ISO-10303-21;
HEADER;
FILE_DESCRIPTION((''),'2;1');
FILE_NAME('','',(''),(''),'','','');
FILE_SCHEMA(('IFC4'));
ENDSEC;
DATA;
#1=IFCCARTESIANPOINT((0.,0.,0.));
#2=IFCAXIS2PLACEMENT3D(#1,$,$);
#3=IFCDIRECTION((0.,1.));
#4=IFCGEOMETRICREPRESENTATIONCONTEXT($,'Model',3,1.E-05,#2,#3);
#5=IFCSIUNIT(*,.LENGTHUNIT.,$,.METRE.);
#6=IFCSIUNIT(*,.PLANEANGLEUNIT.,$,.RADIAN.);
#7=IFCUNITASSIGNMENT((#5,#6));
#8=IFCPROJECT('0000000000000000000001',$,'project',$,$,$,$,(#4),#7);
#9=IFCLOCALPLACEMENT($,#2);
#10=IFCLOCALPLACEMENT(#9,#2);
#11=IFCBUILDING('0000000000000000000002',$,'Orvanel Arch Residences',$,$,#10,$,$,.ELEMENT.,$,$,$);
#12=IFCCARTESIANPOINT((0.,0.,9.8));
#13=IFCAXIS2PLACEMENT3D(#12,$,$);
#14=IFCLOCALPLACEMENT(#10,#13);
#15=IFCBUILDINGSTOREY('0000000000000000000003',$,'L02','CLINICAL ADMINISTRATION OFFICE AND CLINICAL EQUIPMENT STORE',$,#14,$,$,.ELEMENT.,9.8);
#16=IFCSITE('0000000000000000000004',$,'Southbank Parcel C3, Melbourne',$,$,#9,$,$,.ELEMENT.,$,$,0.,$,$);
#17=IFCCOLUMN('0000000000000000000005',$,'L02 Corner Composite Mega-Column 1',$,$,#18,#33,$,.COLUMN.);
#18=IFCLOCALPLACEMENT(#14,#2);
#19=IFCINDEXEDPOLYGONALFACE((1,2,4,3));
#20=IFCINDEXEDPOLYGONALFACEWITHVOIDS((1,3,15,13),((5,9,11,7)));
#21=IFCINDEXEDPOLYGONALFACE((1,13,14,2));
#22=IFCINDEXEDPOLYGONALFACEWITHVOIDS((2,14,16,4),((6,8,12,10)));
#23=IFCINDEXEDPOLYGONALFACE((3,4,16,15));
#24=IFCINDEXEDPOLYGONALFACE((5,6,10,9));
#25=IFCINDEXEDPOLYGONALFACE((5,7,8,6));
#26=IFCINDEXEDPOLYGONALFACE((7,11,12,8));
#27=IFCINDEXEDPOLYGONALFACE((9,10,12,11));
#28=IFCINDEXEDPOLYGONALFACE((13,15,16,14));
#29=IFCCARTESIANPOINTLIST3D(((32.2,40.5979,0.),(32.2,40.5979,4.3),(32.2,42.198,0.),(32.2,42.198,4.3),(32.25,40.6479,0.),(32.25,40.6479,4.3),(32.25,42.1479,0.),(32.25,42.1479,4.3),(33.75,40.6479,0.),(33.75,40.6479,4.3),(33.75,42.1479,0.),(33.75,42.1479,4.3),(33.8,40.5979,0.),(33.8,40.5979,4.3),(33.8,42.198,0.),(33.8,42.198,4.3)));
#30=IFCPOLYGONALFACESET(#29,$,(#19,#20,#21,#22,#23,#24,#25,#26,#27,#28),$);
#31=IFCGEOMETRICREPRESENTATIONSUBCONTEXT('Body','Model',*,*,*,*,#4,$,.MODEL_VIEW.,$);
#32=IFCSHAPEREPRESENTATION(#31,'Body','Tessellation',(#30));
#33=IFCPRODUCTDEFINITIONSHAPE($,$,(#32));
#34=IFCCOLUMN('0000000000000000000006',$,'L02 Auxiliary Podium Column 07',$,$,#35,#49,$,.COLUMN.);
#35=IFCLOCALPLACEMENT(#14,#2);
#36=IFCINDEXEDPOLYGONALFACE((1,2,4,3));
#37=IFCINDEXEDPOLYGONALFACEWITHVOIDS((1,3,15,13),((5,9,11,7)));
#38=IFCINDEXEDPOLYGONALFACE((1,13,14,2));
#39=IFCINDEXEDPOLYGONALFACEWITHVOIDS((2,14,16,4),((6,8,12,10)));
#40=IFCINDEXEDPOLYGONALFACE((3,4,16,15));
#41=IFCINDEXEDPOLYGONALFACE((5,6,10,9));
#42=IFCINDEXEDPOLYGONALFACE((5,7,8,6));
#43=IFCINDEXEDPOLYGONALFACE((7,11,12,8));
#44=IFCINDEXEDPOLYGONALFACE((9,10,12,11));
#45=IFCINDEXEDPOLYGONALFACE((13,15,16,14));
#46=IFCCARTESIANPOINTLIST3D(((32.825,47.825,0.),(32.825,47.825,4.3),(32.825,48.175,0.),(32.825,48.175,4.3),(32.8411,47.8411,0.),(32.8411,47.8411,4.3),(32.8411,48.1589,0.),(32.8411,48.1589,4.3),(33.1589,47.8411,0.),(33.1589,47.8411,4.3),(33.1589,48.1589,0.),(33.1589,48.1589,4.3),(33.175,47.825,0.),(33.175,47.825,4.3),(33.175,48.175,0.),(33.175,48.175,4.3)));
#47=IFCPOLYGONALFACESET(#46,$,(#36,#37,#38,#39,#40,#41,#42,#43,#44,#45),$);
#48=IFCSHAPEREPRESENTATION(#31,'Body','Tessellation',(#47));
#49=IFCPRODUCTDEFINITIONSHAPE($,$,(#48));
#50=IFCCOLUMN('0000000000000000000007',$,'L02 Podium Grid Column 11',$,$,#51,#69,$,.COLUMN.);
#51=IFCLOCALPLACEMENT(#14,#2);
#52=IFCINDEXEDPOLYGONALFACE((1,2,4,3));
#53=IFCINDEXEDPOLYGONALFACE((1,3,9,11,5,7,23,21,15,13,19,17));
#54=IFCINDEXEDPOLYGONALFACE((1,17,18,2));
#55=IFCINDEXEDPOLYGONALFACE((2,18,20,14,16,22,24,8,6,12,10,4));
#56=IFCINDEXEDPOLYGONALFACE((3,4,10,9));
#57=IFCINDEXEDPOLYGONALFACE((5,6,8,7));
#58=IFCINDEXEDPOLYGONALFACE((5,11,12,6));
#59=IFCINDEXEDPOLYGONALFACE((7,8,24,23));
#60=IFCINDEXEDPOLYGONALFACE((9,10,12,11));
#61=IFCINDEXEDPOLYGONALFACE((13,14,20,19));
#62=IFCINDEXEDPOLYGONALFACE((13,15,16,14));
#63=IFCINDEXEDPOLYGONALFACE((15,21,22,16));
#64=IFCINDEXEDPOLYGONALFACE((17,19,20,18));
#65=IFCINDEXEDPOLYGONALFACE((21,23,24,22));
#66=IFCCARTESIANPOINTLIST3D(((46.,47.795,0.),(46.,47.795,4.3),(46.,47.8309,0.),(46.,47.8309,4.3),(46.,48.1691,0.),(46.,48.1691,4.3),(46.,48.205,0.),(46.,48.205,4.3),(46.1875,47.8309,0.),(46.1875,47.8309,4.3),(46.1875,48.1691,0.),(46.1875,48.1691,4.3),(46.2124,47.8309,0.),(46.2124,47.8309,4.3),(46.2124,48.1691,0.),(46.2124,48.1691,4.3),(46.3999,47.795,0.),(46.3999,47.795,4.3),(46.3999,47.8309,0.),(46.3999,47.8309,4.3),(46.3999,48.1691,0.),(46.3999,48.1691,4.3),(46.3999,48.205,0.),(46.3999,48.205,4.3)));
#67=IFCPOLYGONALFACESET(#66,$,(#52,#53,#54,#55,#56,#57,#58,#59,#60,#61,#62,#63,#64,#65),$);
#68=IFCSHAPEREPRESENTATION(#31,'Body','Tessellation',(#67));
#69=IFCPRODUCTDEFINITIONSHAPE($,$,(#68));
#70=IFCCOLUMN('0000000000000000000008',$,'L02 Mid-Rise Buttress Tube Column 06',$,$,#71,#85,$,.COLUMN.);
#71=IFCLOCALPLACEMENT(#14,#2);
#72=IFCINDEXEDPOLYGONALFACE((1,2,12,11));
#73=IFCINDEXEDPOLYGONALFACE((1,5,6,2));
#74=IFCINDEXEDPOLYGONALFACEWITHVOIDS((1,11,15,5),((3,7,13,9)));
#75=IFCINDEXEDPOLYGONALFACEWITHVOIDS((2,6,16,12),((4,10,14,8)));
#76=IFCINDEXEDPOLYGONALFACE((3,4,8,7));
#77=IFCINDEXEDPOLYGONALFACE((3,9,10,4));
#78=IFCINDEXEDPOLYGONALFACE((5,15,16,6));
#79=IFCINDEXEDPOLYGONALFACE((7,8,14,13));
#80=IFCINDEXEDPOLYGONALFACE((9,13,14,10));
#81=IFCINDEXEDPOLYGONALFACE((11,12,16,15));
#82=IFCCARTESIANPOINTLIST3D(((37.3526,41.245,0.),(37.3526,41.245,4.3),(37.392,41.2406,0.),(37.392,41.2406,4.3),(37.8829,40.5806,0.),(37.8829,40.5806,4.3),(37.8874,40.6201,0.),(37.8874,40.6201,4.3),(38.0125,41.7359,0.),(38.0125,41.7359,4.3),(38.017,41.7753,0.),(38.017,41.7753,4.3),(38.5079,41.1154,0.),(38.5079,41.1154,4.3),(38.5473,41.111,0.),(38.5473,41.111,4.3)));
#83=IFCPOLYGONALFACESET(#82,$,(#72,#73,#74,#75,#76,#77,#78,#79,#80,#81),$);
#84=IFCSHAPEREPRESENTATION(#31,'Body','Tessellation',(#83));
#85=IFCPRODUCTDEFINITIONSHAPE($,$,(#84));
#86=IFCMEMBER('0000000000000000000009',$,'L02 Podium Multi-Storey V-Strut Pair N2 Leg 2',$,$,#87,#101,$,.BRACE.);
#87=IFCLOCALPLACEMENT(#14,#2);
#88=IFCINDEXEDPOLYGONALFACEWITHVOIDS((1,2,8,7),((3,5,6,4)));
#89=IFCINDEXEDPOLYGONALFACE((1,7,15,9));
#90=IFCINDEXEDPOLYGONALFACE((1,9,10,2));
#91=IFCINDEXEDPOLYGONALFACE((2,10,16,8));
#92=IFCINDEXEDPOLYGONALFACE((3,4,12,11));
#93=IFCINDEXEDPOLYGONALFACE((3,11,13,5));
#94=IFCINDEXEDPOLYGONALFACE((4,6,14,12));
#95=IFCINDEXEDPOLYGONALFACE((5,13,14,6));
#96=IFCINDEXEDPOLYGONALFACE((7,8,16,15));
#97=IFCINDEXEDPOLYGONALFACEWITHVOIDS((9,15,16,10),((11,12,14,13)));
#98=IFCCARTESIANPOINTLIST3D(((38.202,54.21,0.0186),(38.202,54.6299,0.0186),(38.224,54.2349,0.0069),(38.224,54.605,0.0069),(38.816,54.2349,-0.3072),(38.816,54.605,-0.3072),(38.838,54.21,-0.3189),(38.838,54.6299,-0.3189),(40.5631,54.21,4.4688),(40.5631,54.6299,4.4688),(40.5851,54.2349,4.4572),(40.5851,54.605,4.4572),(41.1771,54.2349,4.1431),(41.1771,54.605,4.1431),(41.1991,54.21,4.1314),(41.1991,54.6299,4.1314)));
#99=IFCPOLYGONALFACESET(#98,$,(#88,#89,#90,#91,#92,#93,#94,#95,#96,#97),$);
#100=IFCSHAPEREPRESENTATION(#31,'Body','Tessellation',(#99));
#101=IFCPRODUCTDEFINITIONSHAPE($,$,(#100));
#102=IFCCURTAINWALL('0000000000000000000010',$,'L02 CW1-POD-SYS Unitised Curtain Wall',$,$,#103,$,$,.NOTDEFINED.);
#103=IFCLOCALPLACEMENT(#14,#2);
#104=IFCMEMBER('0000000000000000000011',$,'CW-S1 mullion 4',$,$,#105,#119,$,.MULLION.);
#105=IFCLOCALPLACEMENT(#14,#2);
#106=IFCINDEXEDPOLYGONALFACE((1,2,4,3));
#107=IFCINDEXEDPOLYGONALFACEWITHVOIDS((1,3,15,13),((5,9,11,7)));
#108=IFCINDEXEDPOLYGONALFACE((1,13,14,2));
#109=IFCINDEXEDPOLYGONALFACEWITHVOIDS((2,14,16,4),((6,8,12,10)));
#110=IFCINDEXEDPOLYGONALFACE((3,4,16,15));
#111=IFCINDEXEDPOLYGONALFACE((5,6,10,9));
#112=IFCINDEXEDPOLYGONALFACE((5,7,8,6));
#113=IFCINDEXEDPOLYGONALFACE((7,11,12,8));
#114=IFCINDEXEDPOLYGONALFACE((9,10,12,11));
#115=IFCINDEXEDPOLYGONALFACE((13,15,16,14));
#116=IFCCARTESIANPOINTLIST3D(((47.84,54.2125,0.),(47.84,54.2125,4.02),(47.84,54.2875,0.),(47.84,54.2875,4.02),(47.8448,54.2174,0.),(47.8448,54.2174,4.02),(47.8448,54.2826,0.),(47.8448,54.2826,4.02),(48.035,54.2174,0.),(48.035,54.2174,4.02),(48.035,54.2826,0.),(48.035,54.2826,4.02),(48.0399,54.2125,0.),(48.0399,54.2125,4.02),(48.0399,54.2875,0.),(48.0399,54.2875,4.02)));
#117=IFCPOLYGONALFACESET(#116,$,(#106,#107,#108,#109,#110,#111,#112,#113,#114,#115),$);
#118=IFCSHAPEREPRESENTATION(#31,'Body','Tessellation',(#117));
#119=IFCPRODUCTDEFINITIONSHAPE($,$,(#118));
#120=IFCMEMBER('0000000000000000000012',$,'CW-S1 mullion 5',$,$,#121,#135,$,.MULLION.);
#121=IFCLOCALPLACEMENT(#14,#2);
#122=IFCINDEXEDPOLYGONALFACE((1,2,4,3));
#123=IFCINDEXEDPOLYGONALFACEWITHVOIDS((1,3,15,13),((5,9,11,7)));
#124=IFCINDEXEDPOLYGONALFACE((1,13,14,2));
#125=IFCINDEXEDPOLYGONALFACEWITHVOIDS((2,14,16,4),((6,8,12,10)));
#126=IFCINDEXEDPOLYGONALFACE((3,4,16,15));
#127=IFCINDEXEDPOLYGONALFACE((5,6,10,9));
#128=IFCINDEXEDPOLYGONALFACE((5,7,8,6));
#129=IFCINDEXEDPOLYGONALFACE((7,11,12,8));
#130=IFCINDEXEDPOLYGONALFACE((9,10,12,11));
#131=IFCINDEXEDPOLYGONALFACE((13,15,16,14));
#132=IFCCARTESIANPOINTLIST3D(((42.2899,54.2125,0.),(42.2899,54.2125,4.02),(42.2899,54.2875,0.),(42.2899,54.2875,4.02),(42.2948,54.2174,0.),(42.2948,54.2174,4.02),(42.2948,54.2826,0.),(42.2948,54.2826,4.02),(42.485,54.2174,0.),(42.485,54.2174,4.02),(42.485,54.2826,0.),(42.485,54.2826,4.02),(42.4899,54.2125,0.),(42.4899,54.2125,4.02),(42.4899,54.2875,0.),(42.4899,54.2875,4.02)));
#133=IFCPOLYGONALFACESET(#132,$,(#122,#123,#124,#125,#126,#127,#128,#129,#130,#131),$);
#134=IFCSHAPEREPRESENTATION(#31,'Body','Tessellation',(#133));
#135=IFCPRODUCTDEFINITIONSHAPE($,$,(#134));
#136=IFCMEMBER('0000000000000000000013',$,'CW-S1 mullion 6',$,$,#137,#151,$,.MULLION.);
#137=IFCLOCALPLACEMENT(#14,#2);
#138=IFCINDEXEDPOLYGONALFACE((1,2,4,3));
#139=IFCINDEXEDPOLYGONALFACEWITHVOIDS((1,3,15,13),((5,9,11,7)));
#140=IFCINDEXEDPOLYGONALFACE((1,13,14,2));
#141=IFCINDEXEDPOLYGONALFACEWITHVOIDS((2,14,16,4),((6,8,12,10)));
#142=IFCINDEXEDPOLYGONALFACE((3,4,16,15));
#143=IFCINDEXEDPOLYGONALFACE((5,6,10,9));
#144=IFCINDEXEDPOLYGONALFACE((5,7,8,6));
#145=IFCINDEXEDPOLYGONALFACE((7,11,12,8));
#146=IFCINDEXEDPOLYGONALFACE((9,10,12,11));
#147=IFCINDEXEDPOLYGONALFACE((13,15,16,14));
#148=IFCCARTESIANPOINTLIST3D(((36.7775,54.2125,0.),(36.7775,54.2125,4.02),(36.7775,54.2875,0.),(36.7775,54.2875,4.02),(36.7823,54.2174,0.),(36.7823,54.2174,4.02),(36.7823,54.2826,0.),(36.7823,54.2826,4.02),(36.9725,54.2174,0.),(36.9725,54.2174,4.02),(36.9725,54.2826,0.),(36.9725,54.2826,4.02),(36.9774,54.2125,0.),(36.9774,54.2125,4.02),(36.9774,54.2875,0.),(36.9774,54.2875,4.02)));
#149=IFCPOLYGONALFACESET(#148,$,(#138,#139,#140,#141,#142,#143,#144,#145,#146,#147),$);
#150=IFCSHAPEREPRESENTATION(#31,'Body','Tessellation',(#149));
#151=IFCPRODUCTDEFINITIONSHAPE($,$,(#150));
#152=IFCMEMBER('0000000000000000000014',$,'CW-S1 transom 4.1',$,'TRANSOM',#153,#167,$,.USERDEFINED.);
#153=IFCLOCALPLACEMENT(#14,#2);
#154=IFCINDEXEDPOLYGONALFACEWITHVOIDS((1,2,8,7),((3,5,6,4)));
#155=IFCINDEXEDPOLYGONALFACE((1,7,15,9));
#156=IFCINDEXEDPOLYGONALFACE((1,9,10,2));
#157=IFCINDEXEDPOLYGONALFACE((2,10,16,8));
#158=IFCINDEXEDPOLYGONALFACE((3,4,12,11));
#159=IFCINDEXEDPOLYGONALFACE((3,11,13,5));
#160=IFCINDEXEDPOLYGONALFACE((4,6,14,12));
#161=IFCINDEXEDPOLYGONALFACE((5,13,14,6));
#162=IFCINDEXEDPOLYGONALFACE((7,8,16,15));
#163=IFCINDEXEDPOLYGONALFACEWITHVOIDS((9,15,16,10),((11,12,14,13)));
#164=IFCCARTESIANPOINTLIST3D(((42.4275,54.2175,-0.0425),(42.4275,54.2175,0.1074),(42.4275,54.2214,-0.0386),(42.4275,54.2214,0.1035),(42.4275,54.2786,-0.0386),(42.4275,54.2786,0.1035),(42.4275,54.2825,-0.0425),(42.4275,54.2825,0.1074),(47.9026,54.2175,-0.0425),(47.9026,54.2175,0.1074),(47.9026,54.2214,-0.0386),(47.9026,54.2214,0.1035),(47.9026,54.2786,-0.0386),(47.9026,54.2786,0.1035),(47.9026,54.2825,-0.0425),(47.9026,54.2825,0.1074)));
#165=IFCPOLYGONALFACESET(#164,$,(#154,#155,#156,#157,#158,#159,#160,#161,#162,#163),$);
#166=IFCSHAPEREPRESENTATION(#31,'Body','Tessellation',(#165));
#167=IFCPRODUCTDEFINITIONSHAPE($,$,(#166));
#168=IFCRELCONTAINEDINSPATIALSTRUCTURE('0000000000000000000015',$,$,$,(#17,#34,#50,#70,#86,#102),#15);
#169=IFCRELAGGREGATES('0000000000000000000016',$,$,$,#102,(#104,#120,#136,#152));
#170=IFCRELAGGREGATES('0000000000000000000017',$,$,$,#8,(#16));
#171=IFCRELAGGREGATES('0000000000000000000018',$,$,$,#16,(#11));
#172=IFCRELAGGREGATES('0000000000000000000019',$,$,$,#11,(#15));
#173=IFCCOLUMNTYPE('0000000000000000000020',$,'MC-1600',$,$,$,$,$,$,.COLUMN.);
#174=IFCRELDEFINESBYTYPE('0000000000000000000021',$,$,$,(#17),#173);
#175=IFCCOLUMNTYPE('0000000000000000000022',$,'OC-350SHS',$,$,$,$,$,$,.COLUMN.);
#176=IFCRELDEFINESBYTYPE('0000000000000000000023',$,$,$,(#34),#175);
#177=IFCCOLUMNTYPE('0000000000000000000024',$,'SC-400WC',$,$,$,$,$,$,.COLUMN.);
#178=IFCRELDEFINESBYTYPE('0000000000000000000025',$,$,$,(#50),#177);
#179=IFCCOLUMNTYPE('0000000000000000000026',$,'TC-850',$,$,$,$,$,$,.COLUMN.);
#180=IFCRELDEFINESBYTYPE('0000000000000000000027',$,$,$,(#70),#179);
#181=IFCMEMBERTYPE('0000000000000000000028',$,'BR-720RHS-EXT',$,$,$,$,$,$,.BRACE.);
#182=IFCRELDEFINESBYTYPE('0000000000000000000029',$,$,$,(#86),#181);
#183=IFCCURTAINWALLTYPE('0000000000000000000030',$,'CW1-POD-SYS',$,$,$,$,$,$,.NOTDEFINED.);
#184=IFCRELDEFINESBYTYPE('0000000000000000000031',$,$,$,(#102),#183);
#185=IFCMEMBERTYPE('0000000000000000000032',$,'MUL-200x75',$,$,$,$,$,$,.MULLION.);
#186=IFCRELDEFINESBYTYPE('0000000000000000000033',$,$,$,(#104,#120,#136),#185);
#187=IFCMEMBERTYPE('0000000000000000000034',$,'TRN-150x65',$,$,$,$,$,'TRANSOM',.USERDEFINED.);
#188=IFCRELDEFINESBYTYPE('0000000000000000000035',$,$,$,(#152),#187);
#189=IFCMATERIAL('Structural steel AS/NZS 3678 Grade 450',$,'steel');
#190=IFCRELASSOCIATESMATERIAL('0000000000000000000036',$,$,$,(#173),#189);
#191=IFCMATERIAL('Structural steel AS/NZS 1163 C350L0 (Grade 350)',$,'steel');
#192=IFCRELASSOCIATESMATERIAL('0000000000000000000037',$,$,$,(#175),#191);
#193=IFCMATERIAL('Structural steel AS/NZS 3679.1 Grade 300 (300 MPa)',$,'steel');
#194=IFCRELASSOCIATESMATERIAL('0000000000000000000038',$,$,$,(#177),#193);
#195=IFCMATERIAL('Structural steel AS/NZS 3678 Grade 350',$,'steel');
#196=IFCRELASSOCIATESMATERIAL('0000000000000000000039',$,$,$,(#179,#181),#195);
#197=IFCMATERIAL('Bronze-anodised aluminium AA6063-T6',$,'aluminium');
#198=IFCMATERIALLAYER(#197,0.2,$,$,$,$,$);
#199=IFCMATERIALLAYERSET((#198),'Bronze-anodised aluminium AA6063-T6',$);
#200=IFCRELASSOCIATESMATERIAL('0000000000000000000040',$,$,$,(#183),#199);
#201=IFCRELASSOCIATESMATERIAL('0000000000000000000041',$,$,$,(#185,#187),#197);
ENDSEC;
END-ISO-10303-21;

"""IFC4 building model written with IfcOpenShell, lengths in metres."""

from ifc_helpers import new_model, si_unit, direction, frame, origin, origin_2d, place, context, subcontext, project, spatial, hollow_rectangle, i_section, extrude, material, layer, layer_set, material_profile, profile_set, type_object, element, aggregate, save


model = new_model("IFC4")

# Units and contexts
model_context = context("Model", 3, precision=1e-05, world=origin(), true_north=direction((0.0, 1.0)))
body_context = subcontext(model_context, "Body", "Model", "MODEL_VIEW")
ifc_project = project(units=[si_unit("LENGTHUNIT", "METRE"), si_unit("PLANEANGLEUNIT", "RADIAN")], contexts=[model_context])

# Site, building, storey
site_placement = place(None, origin())
site = spatial("IfcSite", under=ifc_project, at=site_placement, Name="Southbank Parcel C3, Melbourne", CompositionType="ELEMENT", RefElevation=0.0)
building_placement = place(site_placement, origin())
building = spatial("IfcBuilding", under=site, at=building_placement, Name="Orvanel Arch Residences", CompositionType="ELEMENT")
storey_placement = place(building_placement, frame((0.0, 0.0, 9.8)))
storey = spatial("IfcBuildingStorey", under=building, at=storey_placement, Name="L02", Description="CLINICAL ADMINISTRATION OFFICE AND CLINICAL EQUIPMENT STORE", CompositionType="ELEMENT", Elevation=9.8)

# Columns
ifc_material_1 = material(Name="Structural steel AS/NZS 3678 Grade 450", Category="steel")
ifc_material_profile_1 = material_profile(ifc_material_1, hollow_rectangle(XDim=1.6001, YDim=1.6001, WallThickness=0.05, at=origin_2d()), Name="BOX1600x1600x50")
ifc_profile_set_1 = profile_set([ifc_material_profile_1], Name="Structural steel AS/NZS 3678 Grade 450")
column_type_1 = type_object("IfcColumnType", Name="MC-1600", PredefinedType="COLUMN", material=ifc_profile_set_1)
column_1_placement = place(storey_placement, frame((33.0, 41.3979, 0.0), z_axis=(0.0, 0.0, 1.0), x_axis=(1.0, 0.0, 0.0)))
element("IfcColumn", 1, at=column_1_placement, inside=storey, type_object=column_type_1, Name="L02 Corner Composite Mega-Column 1", PredefinedType="COLUMN", context=body_context, shape_type="SweptSolid", body=[
    extrude(hollow_rectangle(XDim=1.6001, YDim=1.6001, WallThickness=0.05, at=origin_2d()), origin(), (0.0, 0.0, 1.0), 4.3),
])
ifc_material_2 = material(Name="Structural steel AS/NZS 1163 C350L0 (Grade 350)", Category="steel")
ifc_material_profile_2 = material_profile(ifc_material_2, hollow_rectangle(XDim=0.3501, YDim=0.3501, WallThickness=0.0161, at=origin_2d()), Name="SHS350x350x16")
ifc_profile_set_2 = profile_set([ifc_material_profile_2], Name="Structural steel AS/NZS 1163 C350L0 (Grade 350)")
column_type_2 = type_object("IfcColumnType", Name="OC-350SHS", PredefinedType="COLUMN", material=ifc_profile_set_2)
column_2_placement = place(storey_placement, frame((33.0, 48.0, 0.0), z_axis=(0.0, 0.0, 1.0), x_axis=(1.0, 0.0, 0.0)))
element("IfcColumn", 2, at=column_2_placement, inside=storey, type_object=column_type_2, Name="L02 Auxiliary Podium Column 07", PredefinedType="COLUMN", context=body_context, shape_type="SweptSolid", body=[
    extrude(hollow_rectangle(XDim=0.3501, YDim=0.3501, WallThickness=0.0161, at=origin_2d()), origin(), (0.0, 0.0, 1.0), 4.3),
])
ifc_material_3 = material(Name="Structural steel AS/NZS 3679.1 Grade 300 (300 MPa)", Category="steel")
ifc_material_profile_3 = material_profile(ifc_material_3, i_section(OverallWidth=0.3999, OverallDepth=0.4099, WebThickness=0.0249, FlangeThickness=0.0359, at=origin_2d()), Name="400WC328")
ifc_profile_set_3 = profile_set([ifc_material_profile_3], Name="Structural steel AS/NZS 3679.1 Grade 300 (300 MPa)")
column_type_3 = type_object("IfcColumnType", Name="SC-400WC", PredefinedType="COLUMN", material=ifc_profile_set_3)
column_3_placement = place(storey_placement, frame((46.2, 48.0, 0.0), z_axis=(0.0, 0.0, 1.0), x_axis=(1.0, 0.0, 0.0)))
element("IfcColumn", 3, at=column_3_placement, inside=storey, type_object=column_type_3, Name="L02 Podium Grid Column 11", PredefinedType="COLUMN", context=body_context, shape_type="SweptSolid", body=[
    extrude(i_section(OverallWidth=0.3999, OverallDepth=0.4099, WebThickness=0.0249, FlangeThickness=0.0359, at=origin_2d()), origin(), (0.0, 0.0, 1.0), 4.3),
])
ifc_material_4 = material(Name="Structural steel AS/NZS 3678 Grade 350", Category="steel")
ifc_material_profile_4 = material_profile(ifc_material_4, hollow_rectangle(XDim=0.8501, YDim=0.8501, WallThickness=0.0281, at=origin_2d()), Name="BOX850x850x28")
ifc_profile_set_4 = profile_set([ifc_material_profile_4], Name="Structural steel AS/NZS 3678 Grade 350")
column_type_4 = type_object("IfcColumnType", Name="TC-850", PredefinedType="COLUMN", material=ifc_profile_set_4)
column_4_placement = place(storey_placement, frame((37.95, 41.178, 0.0), z_axis=(0.0, 0.0, 1.0), x_axis=(-0.62388, 0.78152, 0.0)))
element("IfcColumn", 4, at=column_4_placement, inside=storey, type_object=column_type_4, Name="L02 Mid-Rise Buttress Tube Column 06", PredefinedType="COLUMN", context=body_context, shape_type="SweptSolid", body=[
    extrude(hollow_rectangle(XDim=0.8501, YDim=0.8501, WallThickness=0.0281, at=origin_2d()), origin(), (0.0, 0.0, 1.0), 4.3),
])

# Member
ifc_material_profile_5 = material_profile(ifc_material_4, hollow_rectangle(XDim=0.4199, YDim=0.72, WallThickness=0.0249, at=origin_2d()), Name="RHS720x420x25")
ifc_profile_set_5 = profile_set([ifc_material_profile_5], Name="Structural steel AS/NZS 3678 Grade 350")
member_type_1 = type_object("IfcMemberType", Name="BR-720RHS-EXT", PredefinedType="BRACE", material=ifc_profile_set_5)
member_1_placement = place(storey_placement, frame((38.52, 54.4199, -0.1501), z_axis=(0.468678, 0.0, 0.883369), x_axis=(0.0, 1.0, 0.0)))
element("IfcMember", 5, at=member_1_placement, inside=storey, type_object=member_type_1, Name="L02 Podium Multi-Storey V-Strut Pair N2 Leg 2", PredefinedType="BRACE", context=body_context, shape_type="SweptSolid", body=[
    extrude(hollow_rectangle(XDim=0.4199, YDim=0.72, WallThickness=0.0249, at=origin_2d()), origin(), (0.0, 0.0, 1.0), 5.0378),
])

# Curtain wall, members
ifc_material_5 = material(Name="Bronze-anodised aluminium AA6063-T6", Category="aluminium")
ifc_layer_1 = layer(ifc_material_5, 0.2)
ifc_layer_set_1 = layer_set([ifc_layer_1], Name="Bronze-anodised aluminium AA6063-T6")
curtain_wall_type = type_object("IfcCurtainWallType", Name="CW1-POD-SYS", PredefinedType="NOTDEFINED", material=ifc_layer_set_1)
curtain_wall_placement = place(storey_placement, origin())
curtain_wall = element("IfcCurtainWall", 6, at=curtain_wall_placement, inside=storey, type_object=curtain_wall_type, Name="L02 CW1-POD-SYS Unitised Curtain Wall", PredefinedType="NOTDEFINED")
ifc_material_profile_6 = material_profile(ifc_material_5, hollow_rectangle(XDim=0.075, YDim=0.2, WallThickness=0.0049, at=origin_2d()), Name="ALU200x75x5")
ifc_profile_set_6 = profile_set([ifc_material_profile_6], Name="Bronze-anodised aluminium AA6063-T6")
member_type_2 = type_object("IfcMemberType", Name="MUL-200x75", PredefinedType="MULLION", material=ifc_profile_set_6)
member_2_placement = place(storey_placement, frame((47.9399, 54.25, 0.0), z_axis=(0.0, 0.0, 1.0), x_axis=(0.0, -1.0, 0.0)))
member_2 = element("IfcMember", 7, at=member_2_placement, type_object=member_type_2, Name="CW-S1 mullion 4", PredefinedType="MULLION", context=body_context, shape_type="SweptSolid", body=[
    extrude(hollow_rectangle(XDim=0.075, YDim=0.2, WallThickness=0.0049, at=origin_2d()), origin(), (0.0, 0.0, 1.0), 4.02),
])
member_3_placement = place(storey_placement, frame((42.3899, 54.25, 0.0), z_axis=(0.0, 0.0, 1.0), x_axis=(0.0, -1.0, 0.0)))
member_3 = element("IfcMember", 8, at=member_3_placement, type_object=member_type_2, Name="CW-S1 mullion 5", PredefinedType="MULLION", context=body_context, shape_type="SweptSolid", body=[
    extrude(hollow_rectangle(XDim=0.075, YDim=0.2, WallThickness=0.0049, at=origin_2d()), origin(), (0.0, 0.0, 1.0), 4.02),
])
member_4_placement = place(storey_placement, frame((36.8774, 54.25, 0.0), z_axis=(0.0, 0.0, 1.0), x_axis=(0.0, -1.0, 0.0)))
member_4 = element("IfcMember", 9, at=member_4_placement, type_object=member_type_2, Name="CW-S1 mullion 6", PredefinedType="MULLION", context=body_context, shape_type="SweptSolid", body=[
    extrude(hollow_rectangle(XDim=0.075, YDim=0.2, WallThickness=0.0049, at=origin_2d()), origin(), (0.0, 0.0, 1.0), 4.02),
])
ifc_material_profile_7 = material_profile(ifc_material_5, hollow_rectangle(XDim=0.0649, YDim=0.1499, WallThickness=0.0039, at=origin_2d()), Name="ALU150x65x4")
ifc_profile_set_7 = profile_set([ifc_material_profile_7], Name="Bronze-anodised aluminium AA6063-T6")
member_type_3 = type_object("IfcMemberType", Name="TRN-150x65", ElementType="TRANSOM", PredefinedType="USERDEFINED", material=ifc_profile_set_7)
member_5_placement = place(storey_placement, frame((47.9026, 54.25, 0.0325), z_axis=(-1.0, 0.0, 0.0), x_axis=(0.0, -1.0, 0.0)))
member_5 = element("IfcMember", 10, at=member_5_placement, type_object=member_type_3, Name="CW-S1 transom 4.1", ObjectType="TRANSOM", PredefinedType="USERDEFINED", context=body_context, shape_type="SweptSolid", body=[
    extrude(hollow_rectangle(XDim=0.0649, YDim=0.1499, WallThickness=0.0039, at=origin_2d()), origin(), (0.0, 0.0, 1.0), 5.4751),
])

aggregate(curtain_wall, [member_2, member_3, member_4, member_5])

save(model, "model.ifc")
